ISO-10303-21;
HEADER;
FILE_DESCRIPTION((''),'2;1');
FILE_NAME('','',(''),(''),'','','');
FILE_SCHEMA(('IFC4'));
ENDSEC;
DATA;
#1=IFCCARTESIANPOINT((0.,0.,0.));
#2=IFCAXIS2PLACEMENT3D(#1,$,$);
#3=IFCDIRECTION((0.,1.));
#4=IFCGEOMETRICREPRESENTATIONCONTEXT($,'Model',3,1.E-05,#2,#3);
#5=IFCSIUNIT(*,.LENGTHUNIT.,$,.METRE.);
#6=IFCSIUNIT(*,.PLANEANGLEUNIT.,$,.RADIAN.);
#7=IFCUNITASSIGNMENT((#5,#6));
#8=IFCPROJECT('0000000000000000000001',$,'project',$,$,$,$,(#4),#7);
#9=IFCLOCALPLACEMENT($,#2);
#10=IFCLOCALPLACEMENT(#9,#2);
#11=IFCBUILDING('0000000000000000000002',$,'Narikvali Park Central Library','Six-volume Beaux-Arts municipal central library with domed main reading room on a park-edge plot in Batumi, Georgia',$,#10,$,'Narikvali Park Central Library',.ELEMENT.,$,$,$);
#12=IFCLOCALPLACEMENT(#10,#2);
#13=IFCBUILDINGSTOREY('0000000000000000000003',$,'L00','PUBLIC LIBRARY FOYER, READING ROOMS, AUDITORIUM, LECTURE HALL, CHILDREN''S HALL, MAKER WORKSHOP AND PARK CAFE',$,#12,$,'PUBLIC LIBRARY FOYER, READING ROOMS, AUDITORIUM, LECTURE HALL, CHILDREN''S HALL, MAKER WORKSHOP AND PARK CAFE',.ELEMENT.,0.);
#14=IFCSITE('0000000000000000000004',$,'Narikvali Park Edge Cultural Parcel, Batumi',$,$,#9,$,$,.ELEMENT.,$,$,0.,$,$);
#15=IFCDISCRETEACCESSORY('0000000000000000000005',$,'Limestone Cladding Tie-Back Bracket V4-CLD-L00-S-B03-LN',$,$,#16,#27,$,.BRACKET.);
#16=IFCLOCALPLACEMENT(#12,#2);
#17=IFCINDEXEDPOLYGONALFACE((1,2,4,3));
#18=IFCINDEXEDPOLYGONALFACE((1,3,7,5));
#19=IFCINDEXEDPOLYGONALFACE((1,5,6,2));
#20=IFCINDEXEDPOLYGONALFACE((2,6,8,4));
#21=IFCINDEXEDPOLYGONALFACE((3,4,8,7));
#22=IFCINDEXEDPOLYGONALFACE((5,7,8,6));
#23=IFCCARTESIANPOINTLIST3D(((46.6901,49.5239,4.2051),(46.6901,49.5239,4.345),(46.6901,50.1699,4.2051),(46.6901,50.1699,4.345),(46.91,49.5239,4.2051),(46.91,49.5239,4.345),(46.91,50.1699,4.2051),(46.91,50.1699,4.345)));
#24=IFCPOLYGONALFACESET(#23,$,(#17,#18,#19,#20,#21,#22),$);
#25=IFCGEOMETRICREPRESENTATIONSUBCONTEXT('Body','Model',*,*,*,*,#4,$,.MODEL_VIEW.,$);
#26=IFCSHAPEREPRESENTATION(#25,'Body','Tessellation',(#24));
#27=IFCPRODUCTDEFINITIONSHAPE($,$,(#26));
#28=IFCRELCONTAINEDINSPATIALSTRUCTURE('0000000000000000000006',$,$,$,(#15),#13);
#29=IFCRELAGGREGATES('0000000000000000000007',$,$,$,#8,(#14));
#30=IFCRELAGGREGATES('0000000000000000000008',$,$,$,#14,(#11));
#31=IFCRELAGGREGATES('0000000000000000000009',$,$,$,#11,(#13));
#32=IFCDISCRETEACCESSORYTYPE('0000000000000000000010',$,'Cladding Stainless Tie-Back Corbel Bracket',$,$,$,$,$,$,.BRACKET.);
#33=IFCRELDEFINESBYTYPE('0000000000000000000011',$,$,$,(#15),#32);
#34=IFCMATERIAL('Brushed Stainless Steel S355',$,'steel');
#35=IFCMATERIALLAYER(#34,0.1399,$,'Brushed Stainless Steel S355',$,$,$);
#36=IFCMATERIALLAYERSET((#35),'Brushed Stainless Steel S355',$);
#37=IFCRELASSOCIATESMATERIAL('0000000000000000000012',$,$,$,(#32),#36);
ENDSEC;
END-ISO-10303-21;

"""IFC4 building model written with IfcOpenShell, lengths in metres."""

from ifc_helpers import new_model, si_unit, direction, frame, origin, origin_2d, place, context, subcontext, project, spatial, rectangle, extrude, material, layer, layer_set, type_object, element, save


model = new_model("IFC4")

# Units and contexts
model_context = context("Model", 3, precision=1e-05, world=origin(), true_north=direction((0.0, 1.0)))
body_context = subcontext(model_context, "Body", "Model", "MODEL_VIEW")
ifc_project = project(units=[si_unit("LENGTHUNIT", "METRE"), si_unit("PLANEANGLEUNIT", "RADIAN")], contexts=[model_context])

# Site, building, storey
site_placement = place(None, origin())
site = spatial("IfcSite", under=ifc_project, at=site_placement, Name="Narikvali Park Edge Cultural Parcel, Batumi", CompositionType="ELEMENT", RefElevation=0.0)
building_placement = place(site_placement, origin())
building = spatial("IfcBuilding", under=site, at=building_placement, Name="Narikvali Park Central Library", Description="Six-volume Beaux-Arts municipal central library with domed main reading room on a park-edge plot in Batumi, Georgia", LongName="Narikvali Park Central Library", CompositionType="ELEMENT")
storey_placement = place(building_placement, origin())
storey = spatial("IfcBuildingStorey", under=building, at=storey_placement, Name="L00", Description="PUBLIC LIBRARY FOYER, READING ROOMS, AUDITORIUM, LECTURE HALL, CHILDREN'S HALL, MAKER WORKSHOP AND PARK CAFE", LongName="PUBLIC LIBRARY FOYER, READING ROOMS, AUDITORIUM, LECTURE HALL, CHILDREN'S HALL, MAKER WORKSHOP AND PARK CAFE", CompositionType="ELEMENT", Elevation=0.0)

# Discrete accessory
ifc_material_1 = material(Name="Brushed Stainless Steel S355", Category="steel")
ifc_layer_1 = layer(ifc_material_1, 0.1399, Name="Brushed Stainless Steel S355")
ifc_layer_set_1 = layer_set([ifc_layer_1], Name="Brushed Stainless Steel S355")
discrete_accessory_type = type_object("IfcDiscreteAccessoryType", Name="Cladding Stainless Tie-Back Corbel Bracket", PredefinedType="BRACKET", material=ifc_layer_set_1)
discrete_accessory_1_placement = place(storey_placement, frame((46.8, 49.8469, 4.2051), z_axis=(0.0, 0.0, 1.0), x_axis=(1.0, 0.0, 0.0)))
element("IfcDiscreteAccessory", 1, at=discrete_accessory_1_placement, inside=storey, type_object=discrete_accessory_type, Name="Limestone Cladding Tie-Back Bracket V4-CLD-L00-S-B03-LN", PredefinedType="BRACKET", context=body_context, shape_type="SweptSolid", body=[
    extrude(rectangle(XDim=0.22, YDim=0.646, at=origin_2d()), origin(), (0.0, 0.0, 1.0), 0.1399),
])

save(model, "model.ifc")
